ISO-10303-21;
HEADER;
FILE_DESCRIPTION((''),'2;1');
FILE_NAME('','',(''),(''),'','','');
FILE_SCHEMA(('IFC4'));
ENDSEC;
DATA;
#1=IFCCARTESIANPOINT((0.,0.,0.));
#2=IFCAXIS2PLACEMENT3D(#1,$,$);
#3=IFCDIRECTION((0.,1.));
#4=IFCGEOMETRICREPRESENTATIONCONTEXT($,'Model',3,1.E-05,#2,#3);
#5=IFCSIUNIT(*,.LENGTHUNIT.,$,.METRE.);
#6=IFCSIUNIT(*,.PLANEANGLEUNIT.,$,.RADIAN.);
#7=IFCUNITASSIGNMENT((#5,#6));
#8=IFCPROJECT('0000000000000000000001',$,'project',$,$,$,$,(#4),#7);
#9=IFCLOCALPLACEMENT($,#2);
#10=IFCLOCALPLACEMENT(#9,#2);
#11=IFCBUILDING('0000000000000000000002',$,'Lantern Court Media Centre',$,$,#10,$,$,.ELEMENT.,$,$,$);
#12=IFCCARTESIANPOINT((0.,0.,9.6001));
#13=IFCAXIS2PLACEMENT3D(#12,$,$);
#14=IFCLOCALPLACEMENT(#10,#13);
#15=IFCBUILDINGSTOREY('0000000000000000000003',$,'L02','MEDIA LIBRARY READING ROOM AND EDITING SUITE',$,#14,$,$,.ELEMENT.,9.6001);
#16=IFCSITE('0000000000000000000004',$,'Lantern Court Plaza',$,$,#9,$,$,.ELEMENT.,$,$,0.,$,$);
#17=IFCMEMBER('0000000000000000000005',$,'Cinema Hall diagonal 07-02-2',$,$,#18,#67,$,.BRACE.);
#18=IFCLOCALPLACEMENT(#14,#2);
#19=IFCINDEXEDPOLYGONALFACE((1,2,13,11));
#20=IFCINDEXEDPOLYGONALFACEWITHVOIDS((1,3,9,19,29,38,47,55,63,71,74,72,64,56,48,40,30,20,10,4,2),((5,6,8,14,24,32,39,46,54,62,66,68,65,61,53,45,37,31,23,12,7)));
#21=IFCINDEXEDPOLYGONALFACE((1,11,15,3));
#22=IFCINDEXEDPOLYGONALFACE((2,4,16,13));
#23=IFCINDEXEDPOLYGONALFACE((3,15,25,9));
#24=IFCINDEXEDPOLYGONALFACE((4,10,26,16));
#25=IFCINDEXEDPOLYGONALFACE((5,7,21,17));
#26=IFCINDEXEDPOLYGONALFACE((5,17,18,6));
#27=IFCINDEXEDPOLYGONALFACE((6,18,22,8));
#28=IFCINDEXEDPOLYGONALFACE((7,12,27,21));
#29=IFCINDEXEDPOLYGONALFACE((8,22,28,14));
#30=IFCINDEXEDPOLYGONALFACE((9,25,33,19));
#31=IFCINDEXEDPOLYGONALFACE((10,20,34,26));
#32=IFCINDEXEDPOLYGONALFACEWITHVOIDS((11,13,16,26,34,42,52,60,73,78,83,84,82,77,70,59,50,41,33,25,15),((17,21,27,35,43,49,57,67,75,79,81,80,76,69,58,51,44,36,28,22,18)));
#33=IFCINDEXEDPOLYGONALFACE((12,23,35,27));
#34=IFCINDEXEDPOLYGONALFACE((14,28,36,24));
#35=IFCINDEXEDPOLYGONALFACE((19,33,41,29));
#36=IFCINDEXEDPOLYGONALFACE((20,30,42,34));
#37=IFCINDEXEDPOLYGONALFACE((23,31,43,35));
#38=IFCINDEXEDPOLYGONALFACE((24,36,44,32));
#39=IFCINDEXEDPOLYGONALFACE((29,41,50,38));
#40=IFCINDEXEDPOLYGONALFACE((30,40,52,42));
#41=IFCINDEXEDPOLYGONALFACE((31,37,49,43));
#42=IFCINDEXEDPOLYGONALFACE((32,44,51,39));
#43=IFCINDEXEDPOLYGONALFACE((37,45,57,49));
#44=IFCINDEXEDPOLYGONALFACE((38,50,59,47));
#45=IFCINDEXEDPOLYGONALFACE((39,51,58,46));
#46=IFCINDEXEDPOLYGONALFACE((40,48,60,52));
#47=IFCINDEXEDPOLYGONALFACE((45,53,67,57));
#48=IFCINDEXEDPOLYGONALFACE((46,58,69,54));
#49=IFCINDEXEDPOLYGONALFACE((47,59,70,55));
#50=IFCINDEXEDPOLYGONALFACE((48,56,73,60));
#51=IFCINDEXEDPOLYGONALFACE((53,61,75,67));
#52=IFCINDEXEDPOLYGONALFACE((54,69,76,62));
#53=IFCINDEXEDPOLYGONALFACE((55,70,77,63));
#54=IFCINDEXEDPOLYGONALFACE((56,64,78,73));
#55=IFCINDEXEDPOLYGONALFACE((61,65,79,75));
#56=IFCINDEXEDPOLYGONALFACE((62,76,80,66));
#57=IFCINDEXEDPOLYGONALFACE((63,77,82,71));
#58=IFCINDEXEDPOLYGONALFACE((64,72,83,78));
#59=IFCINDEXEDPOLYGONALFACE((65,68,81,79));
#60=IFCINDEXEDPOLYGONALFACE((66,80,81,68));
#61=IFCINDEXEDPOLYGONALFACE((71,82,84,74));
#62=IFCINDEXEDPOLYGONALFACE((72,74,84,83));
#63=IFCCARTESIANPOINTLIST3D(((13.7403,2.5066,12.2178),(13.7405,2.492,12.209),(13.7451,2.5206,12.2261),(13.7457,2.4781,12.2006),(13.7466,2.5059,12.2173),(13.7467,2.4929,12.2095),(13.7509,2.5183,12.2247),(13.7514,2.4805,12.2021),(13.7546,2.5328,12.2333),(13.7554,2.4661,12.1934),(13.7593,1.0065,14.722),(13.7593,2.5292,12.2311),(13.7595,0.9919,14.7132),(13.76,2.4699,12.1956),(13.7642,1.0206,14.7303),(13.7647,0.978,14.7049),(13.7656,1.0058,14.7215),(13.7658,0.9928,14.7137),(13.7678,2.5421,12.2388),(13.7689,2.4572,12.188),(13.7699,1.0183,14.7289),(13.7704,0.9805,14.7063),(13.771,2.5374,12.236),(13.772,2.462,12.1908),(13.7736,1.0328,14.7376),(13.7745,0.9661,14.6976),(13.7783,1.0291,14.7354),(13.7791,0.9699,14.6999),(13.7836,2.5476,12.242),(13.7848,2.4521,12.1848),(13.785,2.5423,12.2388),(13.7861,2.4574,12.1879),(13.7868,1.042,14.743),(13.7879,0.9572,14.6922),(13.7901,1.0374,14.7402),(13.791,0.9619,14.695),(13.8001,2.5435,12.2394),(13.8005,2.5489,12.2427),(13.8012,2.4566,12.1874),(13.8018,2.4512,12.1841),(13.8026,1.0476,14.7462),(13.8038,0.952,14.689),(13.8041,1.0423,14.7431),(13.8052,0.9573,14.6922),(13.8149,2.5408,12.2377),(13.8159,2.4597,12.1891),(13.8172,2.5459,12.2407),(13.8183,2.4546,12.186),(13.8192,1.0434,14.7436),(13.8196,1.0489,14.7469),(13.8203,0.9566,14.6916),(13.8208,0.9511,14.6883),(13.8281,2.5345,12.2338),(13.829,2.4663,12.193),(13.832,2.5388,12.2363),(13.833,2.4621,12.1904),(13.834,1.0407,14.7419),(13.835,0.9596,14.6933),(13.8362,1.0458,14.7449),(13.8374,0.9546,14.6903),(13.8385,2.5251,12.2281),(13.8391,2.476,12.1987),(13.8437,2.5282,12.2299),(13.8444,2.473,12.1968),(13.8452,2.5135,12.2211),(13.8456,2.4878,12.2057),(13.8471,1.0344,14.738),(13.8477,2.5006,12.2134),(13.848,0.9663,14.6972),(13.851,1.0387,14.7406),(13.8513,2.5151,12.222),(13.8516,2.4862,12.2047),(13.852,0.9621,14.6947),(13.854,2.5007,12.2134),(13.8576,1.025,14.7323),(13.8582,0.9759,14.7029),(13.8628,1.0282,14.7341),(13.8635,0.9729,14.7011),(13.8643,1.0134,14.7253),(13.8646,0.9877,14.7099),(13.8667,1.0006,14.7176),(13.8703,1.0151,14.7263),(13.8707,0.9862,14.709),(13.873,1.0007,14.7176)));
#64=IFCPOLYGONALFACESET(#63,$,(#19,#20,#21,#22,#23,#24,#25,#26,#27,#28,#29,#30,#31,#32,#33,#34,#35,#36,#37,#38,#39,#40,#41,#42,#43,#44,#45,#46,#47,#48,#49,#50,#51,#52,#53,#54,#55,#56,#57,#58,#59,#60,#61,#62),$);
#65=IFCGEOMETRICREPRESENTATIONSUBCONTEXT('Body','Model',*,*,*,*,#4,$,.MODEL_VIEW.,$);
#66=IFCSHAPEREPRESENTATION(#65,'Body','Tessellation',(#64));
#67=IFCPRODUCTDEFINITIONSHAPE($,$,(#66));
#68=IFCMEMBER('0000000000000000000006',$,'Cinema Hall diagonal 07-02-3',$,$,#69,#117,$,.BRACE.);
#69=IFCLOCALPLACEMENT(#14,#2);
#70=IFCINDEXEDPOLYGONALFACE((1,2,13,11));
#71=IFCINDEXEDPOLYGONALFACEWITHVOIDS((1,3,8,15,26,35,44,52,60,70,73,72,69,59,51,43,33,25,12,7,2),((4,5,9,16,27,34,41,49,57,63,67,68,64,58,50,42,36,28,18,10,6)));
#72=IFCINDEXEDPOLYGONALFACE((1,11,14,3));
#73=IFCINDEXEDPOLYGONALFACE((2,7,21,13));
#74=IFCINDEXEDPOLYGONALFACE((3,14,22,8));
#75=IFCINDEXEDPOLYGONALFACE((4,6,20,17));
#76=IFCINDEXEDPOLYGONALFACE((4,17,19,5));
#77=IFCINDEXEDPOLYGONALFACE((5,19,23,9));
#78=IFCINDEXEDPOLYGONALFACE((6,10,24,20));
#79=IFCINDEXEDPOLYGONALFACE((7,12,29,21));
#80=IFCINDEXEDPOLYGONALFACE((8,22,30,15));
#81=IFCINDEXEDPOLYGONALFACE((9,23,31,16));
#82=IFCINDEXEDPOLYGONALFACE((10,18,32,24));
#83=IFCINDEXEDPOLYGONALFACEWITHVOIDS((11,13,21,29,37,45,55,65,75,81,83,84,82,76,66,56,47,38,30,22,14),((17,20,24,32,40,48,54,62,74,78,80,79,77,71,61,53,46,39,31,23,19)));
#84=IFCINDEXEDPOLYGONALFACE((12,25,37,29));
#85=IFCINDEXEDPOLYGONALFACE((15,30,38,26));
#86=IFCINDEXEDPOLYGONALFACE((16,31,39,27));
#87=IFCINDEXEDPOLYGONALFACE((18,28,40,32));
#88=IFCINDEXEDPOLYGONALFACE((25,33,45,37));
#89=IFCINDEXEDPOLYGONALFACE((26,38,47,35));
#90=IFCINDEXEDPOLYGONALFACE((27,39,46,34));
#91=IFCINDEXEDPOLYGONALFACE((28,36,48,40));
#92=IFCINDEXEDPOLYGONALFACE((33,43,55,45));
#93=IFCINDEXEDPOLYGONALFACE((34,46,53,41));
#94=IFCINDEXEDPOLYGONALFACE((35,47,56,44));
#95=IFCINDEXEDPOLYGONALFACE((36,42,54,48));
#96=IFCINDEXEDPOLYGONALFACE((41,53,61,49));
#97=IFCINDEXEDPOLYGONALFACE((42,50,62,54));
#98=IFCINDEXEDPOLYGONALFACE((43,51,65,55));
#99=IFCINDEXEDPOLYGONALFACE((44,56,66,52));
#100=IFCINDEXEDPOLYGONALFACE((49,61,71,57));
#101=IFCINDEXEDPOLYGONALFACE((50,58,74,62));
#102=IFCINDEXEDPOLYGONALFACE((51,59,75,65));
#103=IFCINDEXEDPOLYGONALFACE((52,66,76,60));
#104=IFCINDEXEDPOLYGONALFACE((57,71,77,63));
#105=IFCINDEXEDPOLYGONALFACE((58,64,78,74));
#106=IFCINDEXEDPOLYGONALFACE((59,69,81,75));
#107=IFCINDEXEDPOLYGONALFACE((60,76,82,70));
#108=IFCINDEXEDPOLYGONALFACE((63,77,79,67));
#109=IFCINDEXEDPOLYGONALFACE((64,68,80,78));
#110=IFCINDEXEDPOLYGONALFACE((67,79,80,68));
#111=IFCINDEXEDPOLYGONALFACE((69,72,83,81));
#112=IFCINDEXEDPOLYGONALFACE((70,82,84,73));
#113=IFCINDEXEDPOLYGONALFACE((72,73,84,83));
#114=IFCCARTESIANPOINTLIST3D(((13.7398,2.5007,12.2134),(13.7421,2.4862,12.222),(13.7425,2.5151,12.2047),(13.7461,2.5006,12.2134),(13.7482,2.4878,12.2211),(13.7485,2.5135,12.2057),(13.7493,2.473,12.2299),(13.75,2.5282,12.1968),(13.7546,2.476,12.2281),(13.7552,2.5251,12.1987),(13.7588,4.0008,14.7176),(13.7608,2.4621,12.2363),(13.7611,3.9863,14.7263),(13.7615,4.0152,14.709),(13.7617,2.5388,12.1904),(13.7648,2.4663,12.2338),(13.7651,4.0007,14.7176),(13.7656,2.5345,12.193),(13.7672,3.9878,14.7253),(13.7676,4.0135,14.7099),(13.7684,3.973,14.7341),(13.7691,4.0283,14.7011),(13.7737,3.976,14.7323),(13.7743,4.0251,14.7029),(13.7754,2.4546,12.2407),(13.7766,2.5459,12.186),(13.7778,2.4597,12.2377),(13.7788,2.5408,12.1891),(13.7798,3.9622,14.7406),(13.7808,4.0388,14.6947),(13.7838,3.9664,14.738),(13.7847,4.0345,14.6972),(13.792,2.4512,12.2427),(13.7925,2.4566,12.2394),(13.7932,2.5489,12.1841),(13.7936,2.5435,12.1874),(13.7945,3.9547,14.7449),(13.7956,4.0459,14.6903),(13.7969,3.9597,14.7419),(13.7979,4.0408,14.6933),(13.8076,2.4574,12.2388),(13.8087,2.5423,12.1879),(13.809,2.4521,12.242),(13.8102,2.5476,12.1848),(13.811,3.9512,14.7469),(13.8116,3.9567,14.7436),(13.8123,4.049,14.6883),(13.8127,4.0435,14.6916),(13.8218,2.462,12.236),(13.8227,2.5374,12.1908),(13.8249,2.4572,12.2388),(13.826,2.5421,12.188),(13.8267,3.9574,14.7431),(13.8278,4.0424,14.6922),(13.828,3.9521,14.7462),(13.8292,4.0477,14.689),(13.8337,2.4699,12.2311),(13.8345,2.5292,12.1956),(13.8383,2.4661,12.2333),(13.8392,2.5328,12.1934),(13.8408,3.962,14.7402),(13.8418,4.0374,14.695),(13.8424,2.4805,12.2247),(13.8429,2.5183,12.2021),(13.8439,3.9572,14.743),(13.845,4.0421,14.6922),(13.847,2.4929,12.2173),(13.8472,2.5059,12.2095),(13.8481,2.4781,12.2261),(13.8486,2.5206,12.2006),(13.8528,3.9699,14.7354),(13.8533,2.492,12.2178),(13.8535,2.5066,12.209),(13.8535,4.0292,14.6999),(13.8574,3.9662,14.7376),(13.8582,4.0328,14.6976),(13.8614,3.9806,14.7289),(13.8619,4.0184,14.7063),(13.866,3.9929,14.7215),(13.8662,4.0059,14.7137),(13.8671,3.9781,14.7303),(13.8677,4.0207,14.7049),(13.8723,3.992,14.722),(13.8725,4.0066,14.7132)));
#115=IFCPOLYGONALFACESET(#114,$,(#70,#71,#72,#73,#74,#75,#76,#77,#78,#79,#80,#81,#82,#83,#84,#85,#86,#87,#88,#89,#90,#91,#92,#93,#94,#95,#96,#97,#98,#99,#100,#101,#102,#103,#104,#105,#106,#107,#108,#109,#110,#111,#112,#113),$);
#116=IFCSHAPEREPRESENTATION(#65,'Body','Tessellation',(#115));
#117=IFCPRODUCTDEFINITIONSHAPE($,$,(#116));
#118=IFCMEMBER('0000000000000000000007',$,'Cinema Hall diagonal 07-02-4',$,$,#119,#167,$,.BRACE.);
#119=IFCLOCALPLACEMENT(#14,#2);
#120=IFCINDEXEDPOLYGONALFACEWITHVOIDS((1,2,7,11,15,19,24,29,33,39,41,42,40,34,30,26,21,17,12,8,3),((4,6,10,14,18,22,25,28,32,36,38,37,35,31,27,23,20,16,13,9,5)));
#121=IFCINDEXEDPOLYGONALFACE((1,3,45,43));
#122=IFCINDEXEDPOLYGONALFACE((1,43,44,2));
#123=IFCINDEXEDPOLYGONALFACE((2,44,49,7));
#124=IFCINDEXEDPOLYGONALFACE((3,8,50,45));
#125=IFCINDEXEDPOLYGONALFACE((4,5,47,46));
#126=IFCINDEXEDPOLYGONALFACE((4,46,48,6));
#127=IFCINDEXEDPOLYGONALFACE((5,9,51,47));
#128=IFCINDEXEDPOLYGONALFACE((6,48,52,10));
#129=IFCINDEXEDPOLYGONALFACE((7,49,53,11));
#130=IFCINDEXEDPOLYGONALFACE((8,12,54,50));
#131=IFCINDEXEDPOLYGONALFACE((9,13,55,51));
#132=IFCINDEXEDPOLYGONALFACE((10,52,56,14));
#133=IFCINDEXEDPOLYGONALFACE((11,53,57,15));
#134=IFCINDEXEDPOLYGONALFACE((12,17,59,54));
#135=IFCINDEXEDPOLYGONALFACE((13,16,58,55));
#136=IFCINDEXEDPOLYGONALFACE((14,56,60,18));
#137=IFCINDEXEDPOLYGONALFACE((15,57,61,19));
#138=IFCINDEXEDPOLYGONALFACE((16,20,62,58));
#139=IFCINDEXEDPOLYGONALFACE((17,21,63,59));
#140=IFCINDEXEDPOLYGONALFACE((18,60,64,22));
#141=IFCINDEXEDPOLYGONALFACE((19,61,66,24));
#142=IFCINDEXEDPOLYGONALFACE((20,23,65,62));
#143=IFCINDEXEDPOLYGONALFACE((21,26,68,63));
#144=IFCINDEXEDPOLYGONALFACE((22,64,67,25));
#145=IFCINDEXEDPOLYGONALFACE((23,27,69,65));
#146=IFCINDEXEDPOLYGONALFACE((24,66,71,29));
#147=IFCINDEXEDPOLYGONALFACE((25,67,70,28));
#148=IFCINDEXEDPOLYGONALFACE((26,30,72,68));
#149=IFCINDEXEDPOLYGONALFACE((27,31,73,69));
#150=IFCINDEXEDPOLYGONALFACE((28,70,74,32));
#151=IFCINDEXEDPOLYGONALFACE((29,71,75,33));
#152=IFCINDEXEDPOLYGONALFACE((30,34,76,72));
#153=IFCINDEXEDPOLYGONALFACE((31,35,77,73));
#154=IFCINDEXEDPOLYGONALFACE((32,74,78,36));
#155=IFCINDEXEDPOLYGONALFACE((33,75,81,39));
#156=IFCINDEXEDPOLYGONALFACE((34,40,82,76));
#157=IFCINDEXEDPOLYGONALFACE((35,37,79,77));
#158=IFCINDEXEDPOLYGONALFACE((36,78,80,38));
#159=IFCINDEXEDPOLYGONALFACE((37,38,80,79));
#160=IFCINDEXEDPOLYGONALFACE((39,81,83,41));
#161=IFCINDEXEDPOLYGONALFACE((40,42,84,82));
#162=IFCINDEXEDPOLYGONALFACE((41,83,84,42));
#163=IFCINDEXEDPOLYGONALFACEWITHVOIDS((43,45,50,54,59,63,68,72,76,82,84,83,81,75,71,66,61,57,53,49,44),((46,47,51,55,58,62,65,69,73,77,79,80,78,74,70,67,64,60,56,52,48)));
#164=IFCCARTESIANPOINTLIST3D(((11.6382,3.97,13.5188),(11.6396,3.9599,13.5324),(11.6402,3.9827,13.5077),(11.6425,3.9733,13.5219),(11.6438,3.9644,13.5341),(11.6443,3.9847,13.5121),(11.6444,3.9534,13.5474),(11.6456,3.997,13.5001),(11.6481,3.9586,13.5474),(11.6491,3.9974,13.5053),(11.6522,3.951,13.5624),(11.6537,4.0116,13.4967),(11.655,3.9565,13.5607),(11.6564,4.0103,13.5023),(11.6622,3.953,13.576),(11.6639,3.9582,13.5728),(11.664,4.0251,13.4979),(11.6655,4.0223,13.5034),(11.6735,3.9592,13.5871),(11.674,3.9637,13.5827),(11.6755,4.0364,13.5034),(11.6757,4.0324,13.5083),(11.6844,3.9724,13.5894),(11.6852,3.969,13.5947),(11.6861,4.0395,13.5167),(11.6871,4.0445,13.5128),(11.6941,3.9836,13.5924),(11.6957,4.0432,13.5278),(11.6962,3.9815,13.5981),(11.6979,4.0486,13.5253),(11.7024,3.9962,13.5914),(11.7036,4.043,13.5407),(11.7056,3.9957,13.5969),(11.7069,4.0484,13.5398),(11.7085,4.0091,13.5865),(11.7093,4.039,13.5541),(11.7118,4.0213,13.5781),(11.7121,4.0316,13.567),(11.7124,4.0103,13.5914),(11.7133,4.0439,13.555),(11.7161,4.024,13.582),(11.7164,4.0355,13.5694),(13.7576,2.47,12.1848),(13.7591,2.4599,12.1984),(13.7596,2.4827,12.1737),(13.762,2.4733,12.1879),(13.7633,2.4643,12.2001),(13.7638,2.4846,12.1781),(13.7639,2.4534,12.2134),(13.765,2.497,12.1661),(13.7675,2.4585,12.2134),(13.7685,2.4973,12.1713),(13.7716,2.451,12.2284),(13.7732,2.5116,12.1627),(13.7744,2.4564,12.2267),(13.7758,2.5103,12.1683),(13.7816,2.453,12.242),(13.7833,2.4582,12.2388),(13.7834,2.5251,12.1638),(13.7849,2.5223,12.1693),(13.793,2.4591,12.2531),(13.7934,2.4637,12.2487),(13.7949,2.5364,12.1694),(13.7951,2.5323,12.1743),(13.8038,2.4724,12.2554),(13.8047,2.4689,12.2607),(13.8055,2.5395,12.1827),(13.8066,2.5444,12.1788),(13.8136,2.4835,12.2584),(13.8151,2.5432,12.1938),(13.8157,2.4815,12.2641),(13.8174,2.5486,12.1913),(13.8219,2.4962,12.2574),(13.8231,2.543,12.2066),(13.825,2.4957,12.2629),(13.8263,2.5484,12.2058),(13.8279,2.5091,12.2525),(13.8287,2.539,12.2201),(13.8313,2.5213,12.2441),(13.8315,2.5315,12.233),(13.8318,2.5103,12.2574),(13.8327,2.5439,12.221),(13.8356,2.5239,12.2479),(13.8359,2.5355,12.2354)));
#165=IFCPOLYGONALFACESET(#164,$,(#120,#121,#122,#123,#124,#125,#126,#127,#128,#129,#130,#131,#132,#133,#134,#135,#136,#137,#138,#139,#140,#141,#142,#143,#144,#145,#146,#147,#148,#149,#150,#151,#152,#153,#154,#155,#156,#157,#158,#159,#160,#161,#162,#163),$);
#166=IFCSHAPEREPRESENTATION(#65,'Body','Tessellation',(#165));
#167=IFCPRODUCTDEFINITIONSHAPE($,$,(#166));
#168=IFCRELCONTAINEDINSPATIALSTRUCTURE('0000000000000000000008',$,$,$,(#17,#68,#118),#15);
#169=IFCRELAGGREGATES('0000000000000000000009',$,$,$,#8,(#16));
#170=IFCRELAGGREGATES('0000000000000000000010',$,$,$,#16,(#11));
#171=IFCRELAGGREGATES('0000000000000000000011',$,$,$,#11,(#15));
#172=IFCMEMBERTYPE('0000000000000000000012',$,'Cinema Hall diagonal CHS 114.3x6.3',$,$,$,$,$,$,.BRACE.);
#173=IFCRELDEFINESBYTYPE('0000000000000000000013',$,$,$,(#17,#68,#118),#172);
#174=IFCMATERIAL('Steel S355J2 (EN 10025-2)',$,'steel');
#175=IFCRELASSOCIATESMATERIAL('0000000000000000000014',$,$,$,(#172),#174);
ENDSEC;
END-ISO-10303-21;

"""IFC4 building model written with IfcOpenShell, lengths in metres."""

from ifc_helpers import new_model, si_unit, direction, frame, origin, origin_2d, place, context, subcontext, project, spatial, hollow_circle, extrude, material, material_profile, profile_set, type_object, element, save


model = new_model("IFC4")

# Units and contexts
model_context = context("Model", 3, precision=1e-05, world=origin(), true_north=direction((0.0, 1.0)))
body_context = subcontext(model_context, "Body", "Model", "MODEL_VIEW")
ifc_project = project(units=[si_unit("LENGTHUNIT", "METRE"), si_unit("PLANEANGLEUNIT", "RADIAN")], contexts=[model_context])

# Site, building, storey
site_placement = place(None, origin())
site = spatial("IfcSite", under=ifc_project, at=site_placement, Name="Lantern Court Plaza", CompositionType="ELEMENT", RefElevation=0.0)
building_placement = place(site_placement, origin())
building = spatial("IfcBuilding", under=site, at=building_placement, Name="Lantern Court Media Centre", CompositionType="ELEMENT")
storey_placement = place(building_placement, frame((0.0, 0.0, 9.6001)))
storey = spatial("IfcBuildingStorey", under=building, at=storey_placement, Name="L02", Description="MEDIA LIBRARY READING ROOM AND EDITING SUITE", CompositionType="ELEMENT", Elevation=9.6001)

# Members
ifc_material = material(Name="Steel S355J2 (EN 10025-2)", Category="steel")
ifc_material_profile_1 = material_profile(ifc_material, hollow_circle(Radius=0.0571, WallThickness=0.0063, at=origin_2d()), Name="Cinema Hall diagonal CHS 114.3x6.3")
ifc_profile_set_1 = profile_set([ifc_material_profile_1], Name="Steel S355J2 (EN 10025-2)")
member_type_1 = type_object("IfcMemberType", Name="Cinema Hall diagonal CHS 114.3x6.3", PredefinedType="BRACE", material=ifc_profile_set_1)
for number, where, z_axis, x_axis, name in (
    (1, (13.7969, 2.5, 12.2134), (0.006524, -0.513857, 0.857851), (0.999919, 0.012694, 0.0), "Cinema Hall diagonal 07-02-2"),
    (2, (13.7969, 2.5, 12.2134), (0.006524, 0.513857, 0.857851), (-0.999919, 0.012694, 0.0), "Cinema Hall diagonal 07-02-3"),
    (3, (13.7969, 2.5, 12.2134), (-0.726034, 0.513852, 0.45698), (-0.577702, -0.816248, 0.0), "Cinema Hall diagonal 07-02-4"),
):
    element("IfcMember", number, at=place(storey_placement, frame(where, z_axis=z_axis, x_axis=x_axis)), inside=storey, type_object=member_type_1, Name=name, PredefinedType="BRACE", context=body_context, shape_type="SweptSolid", body=[
        extrude(hollow_circle(Radius=0.0571, WallThickness=0.0063, at=origin_2d()), origin(), (0.0, 0.0, 1.0), 2.9192),
    ])

save(model, "model.ifc")
